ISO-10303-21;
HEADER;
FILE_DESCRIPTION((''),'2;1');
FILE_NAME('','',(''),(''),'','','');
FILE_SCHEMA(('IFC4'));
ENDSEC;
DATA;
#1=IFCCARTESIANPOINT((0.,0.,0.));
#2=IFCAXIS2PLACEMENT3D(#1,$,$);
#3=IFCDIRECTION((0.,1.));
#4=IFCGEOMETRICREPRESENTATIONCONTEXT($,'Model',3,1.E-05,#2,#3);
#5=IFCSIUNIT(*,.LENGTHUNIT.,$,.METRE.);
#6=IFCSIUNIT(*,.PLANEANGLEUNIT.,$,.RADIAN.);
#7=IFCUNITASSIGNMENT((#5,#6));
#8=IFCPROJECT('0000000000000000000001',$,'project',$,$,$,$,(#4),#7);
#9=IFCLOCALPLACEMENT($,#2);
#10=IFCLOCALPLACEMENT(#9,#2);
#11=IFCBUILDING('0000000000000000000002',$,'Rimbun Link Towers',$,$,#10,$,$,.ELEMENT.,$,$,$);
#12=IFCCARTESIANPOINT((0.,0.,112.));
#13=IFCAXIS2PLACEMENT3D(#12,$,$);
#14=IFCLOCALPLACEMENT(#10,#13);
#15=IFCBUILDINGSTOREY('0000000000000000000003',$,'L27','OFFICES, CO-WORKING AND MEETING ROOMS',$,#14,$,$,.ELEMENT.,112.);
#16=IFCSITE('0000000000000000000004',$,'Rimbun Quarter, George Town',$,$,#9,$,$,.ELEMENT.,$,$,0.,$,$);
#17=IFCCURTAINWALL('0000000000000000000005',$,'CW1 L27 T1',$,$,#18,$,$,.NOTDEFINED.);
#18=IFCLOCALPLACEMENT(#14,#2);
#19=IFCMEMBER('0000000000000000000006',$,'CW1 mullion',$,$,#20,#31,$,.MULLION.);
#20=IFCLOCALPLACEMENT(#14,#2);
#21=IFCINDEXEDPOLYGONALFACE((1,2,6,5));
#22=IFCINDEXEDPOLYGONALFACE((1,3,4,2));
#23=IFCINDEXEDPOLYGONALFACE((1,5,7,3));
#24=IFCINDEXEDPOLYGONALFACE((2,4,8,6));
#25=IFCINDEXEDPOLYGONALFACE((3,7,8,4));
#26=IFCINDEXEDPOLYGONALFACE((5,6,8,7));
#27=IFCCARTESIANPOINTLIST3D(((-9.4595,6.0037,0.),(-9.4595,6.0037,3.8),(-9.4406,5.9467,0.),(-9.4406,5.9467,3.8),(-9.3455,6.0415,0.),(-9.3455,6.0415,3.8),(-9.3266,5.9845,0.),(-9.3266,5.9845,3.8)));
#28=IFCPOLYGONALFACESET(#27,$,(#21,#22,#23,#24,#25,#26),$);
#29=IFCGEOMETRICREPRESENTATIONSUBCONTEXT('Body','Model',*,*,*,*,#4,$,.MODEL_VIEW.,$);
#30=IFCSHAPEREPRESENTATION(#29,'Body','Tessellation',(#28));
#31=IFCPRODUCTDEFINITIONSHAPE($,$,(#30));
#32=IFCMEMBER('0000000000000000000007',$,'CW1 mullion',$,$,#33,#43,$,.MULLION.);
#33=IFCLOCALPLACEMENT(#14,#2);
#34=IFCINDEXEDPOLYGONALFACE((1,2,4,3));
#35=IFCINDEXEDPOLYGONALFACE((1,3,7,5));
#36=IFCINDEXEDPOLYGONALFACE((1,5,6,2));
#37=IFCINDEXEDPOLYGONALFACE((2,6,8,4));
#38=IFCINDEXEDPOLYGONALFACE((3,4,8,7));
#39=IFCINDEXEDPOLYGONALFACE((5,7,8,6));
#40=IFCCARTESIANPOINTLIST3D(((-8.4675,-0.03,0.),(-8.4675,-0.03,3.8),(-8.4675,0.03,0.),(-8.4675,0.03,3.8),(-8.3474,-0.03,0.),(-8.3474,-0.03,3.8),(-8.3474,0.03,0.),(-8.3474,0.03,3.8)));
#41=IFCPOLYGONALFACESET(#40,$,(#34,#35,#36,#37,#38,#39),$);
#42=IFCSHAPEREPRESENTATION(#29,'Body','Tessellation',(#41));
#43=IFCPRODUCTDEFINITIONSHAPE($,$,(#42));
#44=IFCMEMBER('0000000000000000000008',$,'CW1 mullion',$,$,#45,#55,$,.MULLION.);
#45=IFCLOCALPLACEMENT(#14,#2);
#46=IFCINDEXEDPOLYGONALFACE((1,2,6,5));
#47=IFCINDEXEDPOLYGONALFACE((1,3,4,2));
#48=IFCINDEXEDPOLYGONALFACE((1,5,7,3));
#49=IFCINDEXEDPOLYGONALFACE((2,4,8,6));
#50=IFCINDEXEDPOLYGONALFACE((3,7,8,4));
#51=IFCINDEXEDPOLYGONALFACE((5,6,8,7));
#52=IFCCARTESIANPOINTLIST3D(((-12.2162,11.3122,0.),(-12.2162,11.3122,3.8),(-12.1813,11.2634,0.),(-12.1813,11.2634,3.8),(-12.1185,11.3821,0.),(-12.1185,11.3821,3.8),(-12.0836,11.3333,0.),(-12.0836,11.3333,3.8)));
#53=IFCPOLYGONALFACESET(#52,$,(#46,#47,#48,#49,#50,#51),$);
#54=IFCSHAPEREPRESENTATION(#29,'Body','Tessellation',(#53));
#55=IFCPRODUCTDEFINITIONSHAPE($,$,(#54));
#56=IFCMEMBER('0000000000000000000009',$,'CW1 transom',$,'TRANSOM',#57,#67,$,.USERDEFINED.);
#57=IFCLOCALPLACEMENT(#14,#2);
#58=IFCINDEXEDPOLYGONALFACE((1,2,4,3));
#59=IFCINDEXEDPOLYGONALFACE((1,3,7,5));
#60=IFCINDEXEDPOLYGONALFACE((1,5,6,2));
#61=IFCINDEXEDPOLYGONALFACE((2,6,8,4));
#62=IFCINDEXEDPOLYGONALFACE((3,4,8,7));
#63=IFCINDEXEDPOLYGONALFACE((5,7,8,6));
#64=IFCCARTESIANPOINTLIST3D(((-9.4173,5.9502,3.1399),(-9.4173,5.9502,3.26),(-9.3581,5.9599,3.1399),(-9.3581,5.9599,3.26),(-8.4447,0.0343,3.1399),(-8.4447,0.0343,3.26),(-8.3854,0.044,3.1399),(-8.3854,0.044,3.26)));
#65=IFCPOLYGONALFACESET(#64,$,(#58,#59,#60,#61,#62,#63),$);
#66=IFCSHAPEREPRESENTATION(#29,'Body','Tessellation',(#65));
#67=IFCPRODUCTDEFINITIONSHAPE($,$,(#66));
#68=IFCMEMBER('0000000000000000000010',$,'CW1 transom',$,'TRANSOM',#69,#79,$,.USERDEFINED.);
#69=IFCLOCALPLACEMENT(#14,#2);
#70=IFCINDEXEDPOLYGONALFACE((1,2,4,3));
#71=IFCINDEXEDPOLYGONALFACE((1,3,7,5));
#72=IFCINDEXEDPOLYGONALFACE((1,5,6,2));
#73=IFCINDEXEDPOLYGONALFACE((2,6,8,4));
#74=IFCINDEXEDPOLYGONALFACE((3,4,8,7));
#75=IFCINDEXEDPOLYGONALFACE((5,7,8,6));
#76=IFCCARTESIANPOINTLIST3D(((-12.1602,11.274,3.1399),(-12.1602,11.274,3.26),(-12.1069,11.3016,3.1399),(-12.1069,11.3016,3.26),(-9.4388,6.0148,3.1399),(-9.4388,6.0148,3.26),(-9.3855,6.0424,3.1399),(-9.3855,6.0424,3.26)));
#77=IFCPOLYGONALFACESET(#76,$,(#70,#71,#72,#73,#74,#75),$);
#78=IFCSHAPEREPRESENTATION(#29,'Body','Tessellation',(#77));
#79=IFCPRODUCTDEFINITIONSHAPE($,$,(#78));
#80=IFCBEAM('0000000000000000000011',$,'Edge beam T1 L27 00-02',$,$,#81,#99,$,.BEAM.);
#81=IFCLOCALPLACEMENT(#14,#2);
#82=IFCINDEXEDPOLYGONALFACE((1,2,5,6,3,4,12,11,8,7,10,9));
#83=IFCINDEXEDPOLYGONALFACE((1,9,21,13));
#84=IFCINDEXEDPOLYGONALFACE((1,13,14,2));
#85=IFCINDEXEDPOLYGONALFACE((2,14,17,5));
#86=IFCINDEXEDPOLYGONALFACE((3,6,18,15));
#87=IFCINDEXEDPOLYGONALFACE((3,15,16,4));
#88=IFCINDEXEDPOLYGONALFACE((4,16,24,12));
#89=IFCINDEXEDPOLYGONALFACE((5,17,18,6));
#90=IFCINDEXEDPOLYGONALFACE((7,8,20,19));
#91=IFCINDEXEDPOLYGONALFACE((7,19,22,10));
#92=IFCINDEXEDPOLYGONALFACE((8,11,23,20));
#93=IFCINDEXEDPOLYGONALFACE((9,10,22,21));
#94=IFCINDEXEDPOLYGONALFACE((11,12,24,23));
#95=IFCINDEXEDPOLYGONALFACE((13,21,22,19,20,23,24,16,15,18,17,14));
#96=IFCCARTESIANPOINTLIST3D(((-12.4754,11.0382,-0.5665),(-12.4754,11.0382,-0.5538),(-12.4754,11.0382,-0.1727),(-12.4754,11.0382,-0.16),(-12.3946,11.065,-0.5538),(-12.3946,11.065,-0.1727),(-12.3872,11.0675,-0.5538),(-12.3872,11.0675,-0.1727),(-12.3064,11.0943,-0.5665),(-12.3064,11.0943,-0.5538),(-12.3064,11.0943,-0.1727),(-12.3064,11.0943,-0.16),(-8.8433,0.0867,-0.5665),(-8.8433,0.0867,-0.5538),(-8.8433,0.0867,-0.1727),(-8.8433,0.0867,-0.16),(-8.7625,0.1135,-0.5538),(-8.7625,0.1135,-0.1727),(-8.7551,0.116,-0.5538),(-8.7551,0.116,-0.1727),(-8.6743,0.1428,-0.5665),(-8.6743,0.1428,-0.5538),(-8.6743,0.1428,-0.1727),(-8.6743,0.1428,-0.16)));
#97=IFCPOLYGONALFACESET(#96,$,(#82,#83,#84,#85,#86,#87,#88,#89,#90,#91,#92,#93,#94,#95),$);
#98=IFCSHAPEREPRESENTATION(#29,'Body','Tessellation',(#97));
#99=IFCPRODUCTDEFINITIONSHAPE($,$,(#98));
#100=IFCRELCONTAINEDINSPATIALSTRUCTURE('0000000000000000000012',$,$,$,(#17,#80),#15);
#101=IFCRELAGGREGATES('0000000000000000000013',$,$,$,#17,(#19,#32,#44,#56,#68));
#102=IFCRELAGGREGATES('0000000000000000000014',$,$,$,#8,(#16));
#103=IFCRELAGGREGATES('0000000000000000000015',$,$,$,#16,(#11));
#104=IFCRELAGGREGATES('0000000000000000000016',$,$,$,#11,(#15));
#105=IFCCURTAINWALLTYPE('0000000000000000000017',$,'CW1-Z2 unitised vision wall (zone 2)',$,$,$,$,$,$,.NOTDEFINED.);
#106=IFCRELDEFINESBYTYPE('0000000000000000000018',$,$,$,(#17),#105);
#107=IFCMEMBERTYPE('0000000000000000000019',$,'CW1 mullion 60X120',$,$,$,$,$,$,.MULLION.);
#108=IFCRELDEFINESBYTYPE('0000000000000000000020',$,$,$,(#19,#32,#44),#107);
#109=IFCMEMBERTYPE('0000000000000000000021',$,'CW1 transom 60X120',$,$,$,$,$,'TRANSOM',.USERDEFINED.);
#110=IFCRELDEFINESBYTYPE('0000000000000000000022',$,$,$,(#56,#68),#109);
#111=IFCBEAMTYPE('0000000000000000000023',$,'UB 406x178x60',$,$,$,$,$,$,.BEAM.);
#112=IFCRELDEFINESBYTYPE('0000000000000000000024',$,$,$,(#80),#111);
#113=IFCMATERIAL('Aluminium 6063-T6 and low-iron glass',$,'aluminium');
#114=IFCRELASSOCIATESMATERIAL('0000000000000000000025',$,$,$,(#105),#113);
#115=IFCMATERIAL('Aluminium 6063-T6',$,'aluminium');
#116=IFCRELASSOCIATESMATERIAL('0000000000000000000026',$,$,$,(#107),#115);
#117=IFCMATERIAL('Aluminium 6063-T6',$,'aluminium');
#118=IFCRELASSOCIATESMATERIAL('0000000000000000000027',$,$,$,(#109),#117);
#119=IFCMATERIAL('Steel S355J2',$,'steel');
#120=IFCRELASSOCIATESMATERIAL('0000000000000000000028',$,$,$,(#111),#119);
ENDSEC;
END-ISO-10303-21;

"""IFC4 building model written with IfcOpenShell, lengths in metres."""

from ifc_helpers import new_model, si_unit, direction, frame, origin, origin_2d, place, context, subcontext, project, spatial, rectangle, i_section, extrude, material, material_profile, profile_set, type_object, element, aggregate, save


model = new_model("IFC4")

# Units and contexts
model_context = context("Model", 3, precision=1e-05, world=origin(), true_north=direction((0.0, 1.0)))
body_context = subcontext(model_context, "Body", "Model", "MODEL_VIEW")
ifc_project = project(units=[si_unit("LENGTHUNIT", "METRE"), si_unit("PLANEANGLEUNIT", "RADIAN")], contexts=[model_context])

# Site, building, storey
site_placement = place(None, origin())
site = spatial("IfcSite", under=ifc_project, at=site_placement, Name="Rimbun Quarter, George Town", CompositionType="ELEMENT", RefElevation=0.0)
building_placement = place(site_placement, origin())
building = spatial("IfcBuilding", under=site, at=building_placement, Name="Rimbun Link Towers", CompositionType="ELEMENT")
storey_placement = place(building_placement, frame((0.0, 0.0, 112.0)))
storey = spatial("IfcBuildingStorey", under=building, at=storey_placement, Name="L27", Description="OFFICES, CO-WORKING AND MEETING ROOMS", CompositionType="ELEMENT", Elevation=112.0)

# Curtain wall, members
ifc_material_1 = material(Name="Aluminium 6063-T6 and low-iron glass", Category="aluminium")
curtain_wall_type = type_object("IfcCurtainWallType", Name="CW1-Z2 unitised vision wall (zone 2)", PredefinedType="NOTDEFINED", material=ifc_material_1)
curtain_wall_placement = place(storey_placement, origin())
curtain_wall = element("IfcCurtainWall", 1, at=curtain_wall_placement, inside=storey, type_object=curtain_wall_type, Name="CW1 L27 T1", PredefinedType="NOTDEFINED")
ifc_material_2 = material(Name="Aluminium 6063-T6", Category="aluminium")
ifc_material_profile_1 = material_profile(ifc_material_2, rectangle(XDim=0.1201, YDim=0.0601, at=origin_2d()), Name="MULLION 60X120")
ifc_profile_set_1 = profile_set([ifc_material_profile_1], Name="Aluminium 6063-T6")
member_type_1 = type_object("IfcMemberType", Name="CW1 mullion 60X120", PredefinedType="MULLION", material=ifc_profile_set_1)
member_1_placement = place(storey_placement, frame((-9.3931, 5.9941, 0.0), z_axis=(0.0, 0.0, 1.0), x_axis=(0.949163, 0.314786, 0.0)))
member_1 = element("IfcMember", 2, at=member_1_placement, type_object=member_type_1, Name="CW1 mullion", PredefinedType="MULLION", context=body_context, shape_type="SweptSolid", body=[
    extrude(rectangle(XDim=0.1201, YDim=0.0601, at=origin_2d()), origin(), (0.0, 0.0, 1.0), 3.8),
])
member_2_placement = place(storey_placement, frame((-8.4075, 0.0, 0.0), z_axis=(0.0, 0.0, 1.0), x_axis=(1.0, 0.0, 0.0)))
member_2 = element("IfcMember", 3, at=member_2_placement, type_object=member_type_1, Name="CW1 mullion", PredefinedType="MULLION", context=body_context, shape_type="SweptSolid", body=[
    extrude(rectangle(XDim=0.1201, YDim=0.0601, at=origin_2d()), origin(), (0.0, 0.0, 1.0), 3.8),
])
member_3_placement = place(storey_placement, frame((-12.1499, 11.3228, 0.0), z_axis=(0.0, 0.0, 1.0), x_axis=(0.813347, 0.581778, 0.0)))
member_3 = element("IfcMember", 4, at=member_3_placement, type_object=member_type_1, Name="CW1 mullion", PredefinedType="MULLION", context=body_context, shape_type="SweptSolid", body=[
    extrude(rectangle(XDim=0.1201, YDim=0.0601, at=origin_2d()), origin(), (0.0, 0.0, 1.0), 3.8),
])
ifc_material_3 = material(Name="Aluminium 6063-T6", Category="aluminium")
ifc_material_profile_2 = material_profile(ifc_material_3, rectangle(XDim=0.0601, YDim=0.1201, at=origin_2d()), Name="TRANSOM 60X120")
ifc_profile_set_2 = profile_set([ifc_material_profile_2], Name="Aluminium 6063-T6")
member_type_2 = type_object("IfcMemberType", Name="CW1 transom 60X120", ElementType="TRANSOM", PredefinedType="USERDEFINED", material=ifc_profile_set_2)
member_4_placement = place(storey_placement, frame((-9.3877, 5.9551, 3.2), z_axis=(0.162233, -0.986753, 0.0), x_axis=(0.986753, 0.162233, 0.0)))
member_4 = element("IfcMember", 5, at=member_4_placement, type_object=member_type_2, Name="CW1 transom", ObjectType="TRANSOM", PredefinedType="USERDEFINED", context=body_context, shape_type="SweptSolid", body=[
    extrude(rectangle(XDim=0.0601, YDim=0.1201, at=origin_2d()), origin(), (0.0, 0.0, 1.0), 5.9954),
])
member_5_placement = place(storey_placement, frame((-12.1335, 11.2878, 3.2), z_axis=(0.459572, -0.88814, 0.0), x_axis=(0.88814, 0.459572, 0.0)))
member_5 = element("IfcMember", 6, at=member_5_placement, type_object=member_type_2, Name="CW1 transom", ObjectType="TRANSOM", PredefinedType="USERDEFINED", context=body_context, shape_type="SweptSolid", body=[
    extrude(rectangle(XDim=0.0601, YDim=0.1201, at=origin_2d()), origin(), (0.0, 0.0, 1.0), 5.9216),
])

# Beam
ifc_material_4 = material(Name="Steel S355J2", Category="steel")
ifc_material_profile_3 = material_profile(ifc_material_4, i_section(OverallWidth=0.178, OverallDepth=0.4065, WebThickness=0.0078, FlangeThickness=0.0127, at=origin_2d()), Name="UB 406x178x60")
ifc_profile_set_3 = profile_set([ifc_material_profile_3], Name="Steel S355J2")
beam_type = type_object("IfcBeamType", Name="UB 406x178x60", PredefinedType="BEAM", material=ifc_profile_set_3)
beam_placement = place(storey_placement, frame((-8.7588, 0.1147, -0.3633), z_axis=(-0.314793, 0.94916, 0.0), x_axis=(-0.94916, -0.314793, 0.0)))
element("IfcBeam", 7, at=beam_placement, inside=storey, type_object=beam_type, Name="Edge beam T1 L27 00-02", PredefinedType="BEAM", context=body_context, shape_type="SweptSolid", body=[
    extrude(i_section(OverallWidth=0.178, OverallDepth=0.4065, WebThickness=0.0078, FlangeThickness=0.0127, at=origin_2d()), origin(), (0.0, 0.0, 1.0), 11.5381),
])

aggregate(curtain_wall, [member_1, member_2, member_3, member_4, member_5])

save(model, "model.ifc")
